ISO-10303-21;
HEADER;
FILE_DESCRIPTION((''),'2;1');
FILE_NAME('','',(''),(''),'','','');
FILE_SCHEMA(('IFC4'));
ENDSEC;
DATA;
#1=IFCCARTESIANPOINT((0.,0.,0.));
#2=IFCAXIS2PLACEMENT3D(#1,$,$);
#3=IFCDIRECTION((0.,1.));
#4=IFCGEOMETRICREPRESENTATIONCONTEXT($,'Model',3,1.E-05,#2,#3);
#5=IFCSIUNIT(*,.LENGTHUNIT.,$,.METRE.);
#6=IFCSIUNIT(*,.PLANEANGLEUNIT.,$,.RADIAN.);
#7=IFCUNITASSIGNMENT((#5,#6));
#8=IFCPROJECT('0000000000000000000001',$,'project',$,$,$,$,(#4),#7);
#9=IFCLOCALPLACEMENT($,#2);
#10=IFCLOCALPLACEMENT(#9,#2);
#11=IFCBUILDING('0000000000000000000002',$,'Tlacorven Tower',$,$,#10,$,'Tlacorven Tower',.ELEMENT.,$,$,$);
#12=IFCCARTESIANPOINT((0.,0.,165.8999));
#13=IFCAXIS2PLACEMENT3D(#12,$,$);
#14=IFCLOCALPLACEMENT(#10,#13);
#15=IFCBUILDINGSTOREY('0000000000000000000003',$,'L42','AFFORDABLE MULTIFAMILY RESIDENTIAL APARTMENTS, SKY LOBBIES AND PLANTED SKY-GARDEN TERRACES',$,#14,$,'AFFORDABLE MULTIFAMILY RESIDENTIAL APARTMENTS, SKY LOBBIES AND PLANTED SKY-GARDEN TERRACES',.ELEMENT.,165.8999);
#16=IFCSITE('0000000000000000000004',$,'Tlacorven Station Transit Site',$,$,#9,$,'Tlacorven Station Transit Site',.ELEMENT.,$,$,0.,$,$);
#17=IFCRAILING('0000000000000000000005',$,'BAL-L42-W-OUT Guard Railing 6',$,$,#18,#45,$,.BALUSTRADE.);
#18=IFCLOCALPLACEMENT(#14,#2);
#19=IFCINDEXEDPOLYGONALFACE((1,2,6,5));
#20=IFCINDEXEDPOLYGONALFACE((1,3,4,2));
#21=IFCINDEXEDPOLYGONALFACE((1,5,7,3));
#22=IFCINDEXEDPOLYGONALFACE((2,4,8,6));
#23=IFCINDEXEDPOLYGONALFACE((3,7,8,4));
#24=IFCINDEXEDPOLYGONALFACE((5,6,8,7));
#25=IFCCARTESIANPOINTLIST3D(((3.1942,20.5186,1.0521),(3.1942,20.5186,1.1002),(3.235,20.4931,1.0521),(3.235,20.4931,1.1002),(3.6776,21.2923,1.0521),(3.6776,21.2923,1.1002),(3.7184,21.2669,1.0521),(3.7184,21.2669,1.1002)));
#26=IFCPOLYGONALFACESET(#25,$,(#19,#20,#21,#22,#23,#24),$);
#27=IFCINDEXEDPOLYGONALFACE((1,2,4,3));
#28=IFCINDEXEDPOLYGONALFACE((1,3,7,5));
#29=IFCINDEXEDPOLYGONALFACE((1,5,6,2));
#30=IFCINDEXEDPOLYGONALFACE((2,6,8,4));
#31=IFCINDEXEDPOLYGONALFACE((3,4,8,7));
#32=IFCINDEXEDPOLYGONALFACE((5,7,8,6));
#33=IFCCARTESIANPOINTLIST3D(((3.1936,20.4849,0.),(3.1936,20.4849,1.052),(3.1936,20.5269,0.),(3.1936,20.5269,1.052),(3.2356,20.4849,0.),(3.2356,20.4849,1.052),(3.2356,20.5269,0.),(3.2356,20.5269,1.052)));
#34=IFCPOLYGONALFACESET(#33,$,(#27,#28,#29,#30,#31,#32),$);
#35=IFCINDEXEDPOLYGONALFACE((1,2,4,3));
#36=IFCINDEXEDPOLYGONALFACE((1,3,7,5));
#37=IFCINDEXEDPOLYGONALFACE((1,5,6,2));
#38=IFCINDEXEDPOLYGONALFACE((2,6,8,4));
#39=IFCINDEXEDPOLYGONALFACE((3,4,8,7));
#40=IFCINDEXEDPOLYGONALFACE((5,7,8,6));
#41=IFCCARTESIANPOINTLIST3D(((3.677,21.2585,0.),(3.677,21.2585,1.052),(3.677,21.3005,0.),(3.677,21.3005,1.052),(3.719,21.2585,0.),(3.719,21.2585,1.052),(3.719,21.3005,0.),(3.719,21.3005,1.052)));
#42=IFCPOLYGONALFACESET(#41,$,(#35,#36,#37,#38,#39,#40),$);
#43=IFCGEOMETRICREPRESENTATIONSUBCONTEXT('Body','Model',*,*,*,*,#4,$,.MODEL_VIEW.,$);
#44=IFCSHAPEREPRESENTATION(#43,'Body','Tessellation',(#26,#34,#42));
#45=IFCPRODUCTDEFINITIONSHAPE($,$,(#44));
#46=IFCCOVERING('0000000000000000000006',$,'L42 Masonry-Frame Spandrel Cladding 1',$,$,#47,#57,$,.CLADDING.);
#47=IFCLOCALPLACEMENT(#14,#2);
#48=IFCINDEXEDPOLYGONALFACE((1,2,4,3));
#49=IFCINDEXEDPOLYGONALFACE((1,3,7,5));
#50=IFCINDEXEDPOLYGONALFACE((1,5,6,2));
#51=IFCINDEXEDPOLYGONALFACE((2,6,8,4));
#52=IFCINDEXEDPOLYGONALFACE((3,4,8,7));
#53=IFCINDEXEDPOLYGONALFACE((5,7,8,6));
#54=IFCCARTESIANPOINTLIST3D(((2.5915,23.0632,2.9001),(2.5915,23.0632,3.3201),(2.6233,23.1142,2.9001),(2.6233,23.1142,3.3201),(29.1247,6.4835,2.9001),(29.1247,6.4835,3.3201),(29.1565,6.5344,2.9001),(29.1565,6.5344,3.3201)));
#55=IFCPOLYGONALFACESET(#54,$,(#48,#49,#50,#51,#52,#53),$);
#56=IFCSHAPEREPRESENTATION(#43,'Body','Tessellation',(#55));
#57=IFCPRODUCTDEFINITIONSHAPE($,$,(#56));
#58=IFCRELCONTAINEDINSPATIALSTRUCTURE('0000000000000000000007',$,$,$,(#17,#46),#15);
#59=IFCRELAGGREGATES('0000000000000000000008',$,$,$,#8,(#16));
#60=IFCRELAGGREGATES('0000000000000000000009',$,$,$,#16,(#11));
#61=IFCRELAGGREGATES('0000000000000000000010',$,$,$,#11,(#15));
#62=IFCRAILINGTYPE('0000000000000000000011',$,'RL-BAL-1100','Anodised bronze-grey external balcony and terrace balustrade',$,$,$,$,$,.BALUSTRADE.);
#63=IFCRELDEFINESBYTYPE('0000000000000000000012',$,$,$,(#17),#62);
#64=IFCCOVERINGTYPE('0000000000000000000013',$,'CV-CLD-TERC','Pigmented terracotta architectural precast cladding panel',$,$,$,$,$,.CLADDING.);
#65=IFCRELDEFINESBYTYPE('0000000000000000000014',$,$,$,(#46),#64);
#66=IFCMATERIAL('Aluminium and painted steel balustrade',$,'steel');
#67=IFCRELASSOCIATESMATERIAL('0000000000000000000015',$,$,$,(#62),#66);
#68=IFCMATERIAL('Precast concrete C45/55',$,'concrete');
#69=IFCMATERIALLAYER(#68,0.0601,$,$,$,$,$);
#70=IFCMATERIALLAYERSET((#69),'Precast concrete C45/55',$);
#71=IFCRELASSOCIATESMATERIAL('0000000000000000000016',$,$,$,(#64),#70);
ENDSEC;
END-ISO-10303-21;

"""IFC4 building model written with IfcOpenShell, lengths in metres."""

from ifc_helpers import new_model, si_unit, direction, frame, origin, origin_2d, place, context, subcontext, project, spatial, rectangle, extrude, source, transform, mapped, material, layer, layer_set, type_object, element, save


model = new_model("IFC4")

# Units and contexts
model_context = context("Model", 3, precision=1e-05, world=origin(), true_north=direction((0.0, 1.0)))
body_context = subcontext(model_context, "Body", "Model", "MODEL_VIEW")
ifc_project = project(units=[si_unit("LENGTHUNIT", "METRE"), si_unit("PLANEANGLEUNIT", "RADIAN")], contexts=[model_context])

# Site, building, storey
site_placement = place(None, origin())
site = spatial("IfcSite", under=ifc_project, at=site_placement, Name="Tlacorven Station Transit Site", LongName="Tlacorven Station Transit Site", CompositionType="ELEMENT", RefElevation=0.0)
building_placement = place(site_placement, origin())
building = spatial("IfcBuilding", under=site, at=building_placement, Name="Tlacorven Tower", LongName="Tlacorven Tower", CompositionType="ELEMENT")
storey_placement = place(building_placement, frame((0.0, 0.0, 165.8999)))
storey = spatial("IfcBuildingStorey", under=building, at=storey_placement, Name="L42", Description="AFFORDABLE MULTIFAMILY RESIDENTIAL APARTMENTS, SKY LOBBIES AND PLANTED SKY-GARDEN TERRACES", LongName="AFFORDABLE MULTIFAMILY RESIDENTIAL APARTMENTS, SKY LOBBIES AND PLANTED SKY-GARDEN TERRACES", CompositionType="ELEMENT", Elevation=165.8999)

# Shared definitions
ifc_material_1 = material(Name="Precast concrete C45/55", Category="concrete")

# Railing
ifc_material_2 = material(Name="Aluminium and painted steel balustrade", Category="steel")
railing_type = type_object("IfcRailingType", Name="RL-BAL-1100", Description="Anodised bronze-grey external balcony and terrace balustrade", PredefinedType="BALUSTRADE", material=ifc_material_2)
shared_shape_1 = source(origin(), body_context, "Body", "SweptSolid", [
    extrude(rectangle(XDim=0.0481, YDim=0.0481, at=origin_2d()), frame((0.0, 0.0, 1.0762), z_axis=(0.529879, 0.848073, 0.0), x_axis=(-0.848073, 0.529879, 0.0)), (0.0, 0.0, 1.0), 0.9124),
    extrude(rectangle(XDim=0.042, YDim=0.042, at=origin_2d()), origin(), (0.0, 0.0, 1.0), 1.052),
    extrude(rectangle(XDim=0.042, YDim=0.042, at=origin_2d()), frame((0.4834, 0.7737, 0.0)), (0.0, 0.0, 1.0), 1.052),
])
railing_1_placement = place(storey_placement, frame((3.2146, 20.5059, 0.0)))
element("IfcRailing", 1, at=railing_1_placement, inside=storey, type_object=railing_type, Name="BAL-L42-W-OUT Guard Railing 6", PredefinedType="BALUSTRADE", context=body_context, shape_type="MappedRepresentation", body=[
    mapped(shared_shape_1, transform((0.0, 0.0, 0.0), scale=1.0)),
])

# Covering
ifc_layer_1 = layer(ifc_material_1, 0.0601)
ifc_layer_set_1 = layer_set([ifc_layer_1], Name="Precast concrete C45/55")
covering_type = type_object("IfcCoveringType", Name="CV-CLD-TERC", Description="Pigmented terracotta architectural precast cladding panel", PredefinedType="CLADDING", material=ifc_layer_set_1)
shared_shape_2 = source(origin(), body_context, "Body", "SweptSolid", [
    extrude(rectangle(XDim=31.2874, YDim=0.0601, at=origin_2d()), origin(), (0.0, 0.0, 1.0), 0.4199),
])
covering_placement = place(storey_placement, frame((15.874, 14.7988, 2.9001), z_axis=(0.0, 0.0, 1.0), x_axis=(-0.848048, 0.529919, 0.0)))
element("IfcCovering", 2, at=covering_placement, inside=storey, type_object=covering_type, Name="L42 Masonry-Frame Spandrel Cladding 1", PredefinedType="CLADDING", context=body_context, shape_type="MappedRepresentation", body=[
    mapped(shared_shape_2, transform((0.0, 0.0, 0.0), scale=1.0)),
])

save(model, "model.ifc")
